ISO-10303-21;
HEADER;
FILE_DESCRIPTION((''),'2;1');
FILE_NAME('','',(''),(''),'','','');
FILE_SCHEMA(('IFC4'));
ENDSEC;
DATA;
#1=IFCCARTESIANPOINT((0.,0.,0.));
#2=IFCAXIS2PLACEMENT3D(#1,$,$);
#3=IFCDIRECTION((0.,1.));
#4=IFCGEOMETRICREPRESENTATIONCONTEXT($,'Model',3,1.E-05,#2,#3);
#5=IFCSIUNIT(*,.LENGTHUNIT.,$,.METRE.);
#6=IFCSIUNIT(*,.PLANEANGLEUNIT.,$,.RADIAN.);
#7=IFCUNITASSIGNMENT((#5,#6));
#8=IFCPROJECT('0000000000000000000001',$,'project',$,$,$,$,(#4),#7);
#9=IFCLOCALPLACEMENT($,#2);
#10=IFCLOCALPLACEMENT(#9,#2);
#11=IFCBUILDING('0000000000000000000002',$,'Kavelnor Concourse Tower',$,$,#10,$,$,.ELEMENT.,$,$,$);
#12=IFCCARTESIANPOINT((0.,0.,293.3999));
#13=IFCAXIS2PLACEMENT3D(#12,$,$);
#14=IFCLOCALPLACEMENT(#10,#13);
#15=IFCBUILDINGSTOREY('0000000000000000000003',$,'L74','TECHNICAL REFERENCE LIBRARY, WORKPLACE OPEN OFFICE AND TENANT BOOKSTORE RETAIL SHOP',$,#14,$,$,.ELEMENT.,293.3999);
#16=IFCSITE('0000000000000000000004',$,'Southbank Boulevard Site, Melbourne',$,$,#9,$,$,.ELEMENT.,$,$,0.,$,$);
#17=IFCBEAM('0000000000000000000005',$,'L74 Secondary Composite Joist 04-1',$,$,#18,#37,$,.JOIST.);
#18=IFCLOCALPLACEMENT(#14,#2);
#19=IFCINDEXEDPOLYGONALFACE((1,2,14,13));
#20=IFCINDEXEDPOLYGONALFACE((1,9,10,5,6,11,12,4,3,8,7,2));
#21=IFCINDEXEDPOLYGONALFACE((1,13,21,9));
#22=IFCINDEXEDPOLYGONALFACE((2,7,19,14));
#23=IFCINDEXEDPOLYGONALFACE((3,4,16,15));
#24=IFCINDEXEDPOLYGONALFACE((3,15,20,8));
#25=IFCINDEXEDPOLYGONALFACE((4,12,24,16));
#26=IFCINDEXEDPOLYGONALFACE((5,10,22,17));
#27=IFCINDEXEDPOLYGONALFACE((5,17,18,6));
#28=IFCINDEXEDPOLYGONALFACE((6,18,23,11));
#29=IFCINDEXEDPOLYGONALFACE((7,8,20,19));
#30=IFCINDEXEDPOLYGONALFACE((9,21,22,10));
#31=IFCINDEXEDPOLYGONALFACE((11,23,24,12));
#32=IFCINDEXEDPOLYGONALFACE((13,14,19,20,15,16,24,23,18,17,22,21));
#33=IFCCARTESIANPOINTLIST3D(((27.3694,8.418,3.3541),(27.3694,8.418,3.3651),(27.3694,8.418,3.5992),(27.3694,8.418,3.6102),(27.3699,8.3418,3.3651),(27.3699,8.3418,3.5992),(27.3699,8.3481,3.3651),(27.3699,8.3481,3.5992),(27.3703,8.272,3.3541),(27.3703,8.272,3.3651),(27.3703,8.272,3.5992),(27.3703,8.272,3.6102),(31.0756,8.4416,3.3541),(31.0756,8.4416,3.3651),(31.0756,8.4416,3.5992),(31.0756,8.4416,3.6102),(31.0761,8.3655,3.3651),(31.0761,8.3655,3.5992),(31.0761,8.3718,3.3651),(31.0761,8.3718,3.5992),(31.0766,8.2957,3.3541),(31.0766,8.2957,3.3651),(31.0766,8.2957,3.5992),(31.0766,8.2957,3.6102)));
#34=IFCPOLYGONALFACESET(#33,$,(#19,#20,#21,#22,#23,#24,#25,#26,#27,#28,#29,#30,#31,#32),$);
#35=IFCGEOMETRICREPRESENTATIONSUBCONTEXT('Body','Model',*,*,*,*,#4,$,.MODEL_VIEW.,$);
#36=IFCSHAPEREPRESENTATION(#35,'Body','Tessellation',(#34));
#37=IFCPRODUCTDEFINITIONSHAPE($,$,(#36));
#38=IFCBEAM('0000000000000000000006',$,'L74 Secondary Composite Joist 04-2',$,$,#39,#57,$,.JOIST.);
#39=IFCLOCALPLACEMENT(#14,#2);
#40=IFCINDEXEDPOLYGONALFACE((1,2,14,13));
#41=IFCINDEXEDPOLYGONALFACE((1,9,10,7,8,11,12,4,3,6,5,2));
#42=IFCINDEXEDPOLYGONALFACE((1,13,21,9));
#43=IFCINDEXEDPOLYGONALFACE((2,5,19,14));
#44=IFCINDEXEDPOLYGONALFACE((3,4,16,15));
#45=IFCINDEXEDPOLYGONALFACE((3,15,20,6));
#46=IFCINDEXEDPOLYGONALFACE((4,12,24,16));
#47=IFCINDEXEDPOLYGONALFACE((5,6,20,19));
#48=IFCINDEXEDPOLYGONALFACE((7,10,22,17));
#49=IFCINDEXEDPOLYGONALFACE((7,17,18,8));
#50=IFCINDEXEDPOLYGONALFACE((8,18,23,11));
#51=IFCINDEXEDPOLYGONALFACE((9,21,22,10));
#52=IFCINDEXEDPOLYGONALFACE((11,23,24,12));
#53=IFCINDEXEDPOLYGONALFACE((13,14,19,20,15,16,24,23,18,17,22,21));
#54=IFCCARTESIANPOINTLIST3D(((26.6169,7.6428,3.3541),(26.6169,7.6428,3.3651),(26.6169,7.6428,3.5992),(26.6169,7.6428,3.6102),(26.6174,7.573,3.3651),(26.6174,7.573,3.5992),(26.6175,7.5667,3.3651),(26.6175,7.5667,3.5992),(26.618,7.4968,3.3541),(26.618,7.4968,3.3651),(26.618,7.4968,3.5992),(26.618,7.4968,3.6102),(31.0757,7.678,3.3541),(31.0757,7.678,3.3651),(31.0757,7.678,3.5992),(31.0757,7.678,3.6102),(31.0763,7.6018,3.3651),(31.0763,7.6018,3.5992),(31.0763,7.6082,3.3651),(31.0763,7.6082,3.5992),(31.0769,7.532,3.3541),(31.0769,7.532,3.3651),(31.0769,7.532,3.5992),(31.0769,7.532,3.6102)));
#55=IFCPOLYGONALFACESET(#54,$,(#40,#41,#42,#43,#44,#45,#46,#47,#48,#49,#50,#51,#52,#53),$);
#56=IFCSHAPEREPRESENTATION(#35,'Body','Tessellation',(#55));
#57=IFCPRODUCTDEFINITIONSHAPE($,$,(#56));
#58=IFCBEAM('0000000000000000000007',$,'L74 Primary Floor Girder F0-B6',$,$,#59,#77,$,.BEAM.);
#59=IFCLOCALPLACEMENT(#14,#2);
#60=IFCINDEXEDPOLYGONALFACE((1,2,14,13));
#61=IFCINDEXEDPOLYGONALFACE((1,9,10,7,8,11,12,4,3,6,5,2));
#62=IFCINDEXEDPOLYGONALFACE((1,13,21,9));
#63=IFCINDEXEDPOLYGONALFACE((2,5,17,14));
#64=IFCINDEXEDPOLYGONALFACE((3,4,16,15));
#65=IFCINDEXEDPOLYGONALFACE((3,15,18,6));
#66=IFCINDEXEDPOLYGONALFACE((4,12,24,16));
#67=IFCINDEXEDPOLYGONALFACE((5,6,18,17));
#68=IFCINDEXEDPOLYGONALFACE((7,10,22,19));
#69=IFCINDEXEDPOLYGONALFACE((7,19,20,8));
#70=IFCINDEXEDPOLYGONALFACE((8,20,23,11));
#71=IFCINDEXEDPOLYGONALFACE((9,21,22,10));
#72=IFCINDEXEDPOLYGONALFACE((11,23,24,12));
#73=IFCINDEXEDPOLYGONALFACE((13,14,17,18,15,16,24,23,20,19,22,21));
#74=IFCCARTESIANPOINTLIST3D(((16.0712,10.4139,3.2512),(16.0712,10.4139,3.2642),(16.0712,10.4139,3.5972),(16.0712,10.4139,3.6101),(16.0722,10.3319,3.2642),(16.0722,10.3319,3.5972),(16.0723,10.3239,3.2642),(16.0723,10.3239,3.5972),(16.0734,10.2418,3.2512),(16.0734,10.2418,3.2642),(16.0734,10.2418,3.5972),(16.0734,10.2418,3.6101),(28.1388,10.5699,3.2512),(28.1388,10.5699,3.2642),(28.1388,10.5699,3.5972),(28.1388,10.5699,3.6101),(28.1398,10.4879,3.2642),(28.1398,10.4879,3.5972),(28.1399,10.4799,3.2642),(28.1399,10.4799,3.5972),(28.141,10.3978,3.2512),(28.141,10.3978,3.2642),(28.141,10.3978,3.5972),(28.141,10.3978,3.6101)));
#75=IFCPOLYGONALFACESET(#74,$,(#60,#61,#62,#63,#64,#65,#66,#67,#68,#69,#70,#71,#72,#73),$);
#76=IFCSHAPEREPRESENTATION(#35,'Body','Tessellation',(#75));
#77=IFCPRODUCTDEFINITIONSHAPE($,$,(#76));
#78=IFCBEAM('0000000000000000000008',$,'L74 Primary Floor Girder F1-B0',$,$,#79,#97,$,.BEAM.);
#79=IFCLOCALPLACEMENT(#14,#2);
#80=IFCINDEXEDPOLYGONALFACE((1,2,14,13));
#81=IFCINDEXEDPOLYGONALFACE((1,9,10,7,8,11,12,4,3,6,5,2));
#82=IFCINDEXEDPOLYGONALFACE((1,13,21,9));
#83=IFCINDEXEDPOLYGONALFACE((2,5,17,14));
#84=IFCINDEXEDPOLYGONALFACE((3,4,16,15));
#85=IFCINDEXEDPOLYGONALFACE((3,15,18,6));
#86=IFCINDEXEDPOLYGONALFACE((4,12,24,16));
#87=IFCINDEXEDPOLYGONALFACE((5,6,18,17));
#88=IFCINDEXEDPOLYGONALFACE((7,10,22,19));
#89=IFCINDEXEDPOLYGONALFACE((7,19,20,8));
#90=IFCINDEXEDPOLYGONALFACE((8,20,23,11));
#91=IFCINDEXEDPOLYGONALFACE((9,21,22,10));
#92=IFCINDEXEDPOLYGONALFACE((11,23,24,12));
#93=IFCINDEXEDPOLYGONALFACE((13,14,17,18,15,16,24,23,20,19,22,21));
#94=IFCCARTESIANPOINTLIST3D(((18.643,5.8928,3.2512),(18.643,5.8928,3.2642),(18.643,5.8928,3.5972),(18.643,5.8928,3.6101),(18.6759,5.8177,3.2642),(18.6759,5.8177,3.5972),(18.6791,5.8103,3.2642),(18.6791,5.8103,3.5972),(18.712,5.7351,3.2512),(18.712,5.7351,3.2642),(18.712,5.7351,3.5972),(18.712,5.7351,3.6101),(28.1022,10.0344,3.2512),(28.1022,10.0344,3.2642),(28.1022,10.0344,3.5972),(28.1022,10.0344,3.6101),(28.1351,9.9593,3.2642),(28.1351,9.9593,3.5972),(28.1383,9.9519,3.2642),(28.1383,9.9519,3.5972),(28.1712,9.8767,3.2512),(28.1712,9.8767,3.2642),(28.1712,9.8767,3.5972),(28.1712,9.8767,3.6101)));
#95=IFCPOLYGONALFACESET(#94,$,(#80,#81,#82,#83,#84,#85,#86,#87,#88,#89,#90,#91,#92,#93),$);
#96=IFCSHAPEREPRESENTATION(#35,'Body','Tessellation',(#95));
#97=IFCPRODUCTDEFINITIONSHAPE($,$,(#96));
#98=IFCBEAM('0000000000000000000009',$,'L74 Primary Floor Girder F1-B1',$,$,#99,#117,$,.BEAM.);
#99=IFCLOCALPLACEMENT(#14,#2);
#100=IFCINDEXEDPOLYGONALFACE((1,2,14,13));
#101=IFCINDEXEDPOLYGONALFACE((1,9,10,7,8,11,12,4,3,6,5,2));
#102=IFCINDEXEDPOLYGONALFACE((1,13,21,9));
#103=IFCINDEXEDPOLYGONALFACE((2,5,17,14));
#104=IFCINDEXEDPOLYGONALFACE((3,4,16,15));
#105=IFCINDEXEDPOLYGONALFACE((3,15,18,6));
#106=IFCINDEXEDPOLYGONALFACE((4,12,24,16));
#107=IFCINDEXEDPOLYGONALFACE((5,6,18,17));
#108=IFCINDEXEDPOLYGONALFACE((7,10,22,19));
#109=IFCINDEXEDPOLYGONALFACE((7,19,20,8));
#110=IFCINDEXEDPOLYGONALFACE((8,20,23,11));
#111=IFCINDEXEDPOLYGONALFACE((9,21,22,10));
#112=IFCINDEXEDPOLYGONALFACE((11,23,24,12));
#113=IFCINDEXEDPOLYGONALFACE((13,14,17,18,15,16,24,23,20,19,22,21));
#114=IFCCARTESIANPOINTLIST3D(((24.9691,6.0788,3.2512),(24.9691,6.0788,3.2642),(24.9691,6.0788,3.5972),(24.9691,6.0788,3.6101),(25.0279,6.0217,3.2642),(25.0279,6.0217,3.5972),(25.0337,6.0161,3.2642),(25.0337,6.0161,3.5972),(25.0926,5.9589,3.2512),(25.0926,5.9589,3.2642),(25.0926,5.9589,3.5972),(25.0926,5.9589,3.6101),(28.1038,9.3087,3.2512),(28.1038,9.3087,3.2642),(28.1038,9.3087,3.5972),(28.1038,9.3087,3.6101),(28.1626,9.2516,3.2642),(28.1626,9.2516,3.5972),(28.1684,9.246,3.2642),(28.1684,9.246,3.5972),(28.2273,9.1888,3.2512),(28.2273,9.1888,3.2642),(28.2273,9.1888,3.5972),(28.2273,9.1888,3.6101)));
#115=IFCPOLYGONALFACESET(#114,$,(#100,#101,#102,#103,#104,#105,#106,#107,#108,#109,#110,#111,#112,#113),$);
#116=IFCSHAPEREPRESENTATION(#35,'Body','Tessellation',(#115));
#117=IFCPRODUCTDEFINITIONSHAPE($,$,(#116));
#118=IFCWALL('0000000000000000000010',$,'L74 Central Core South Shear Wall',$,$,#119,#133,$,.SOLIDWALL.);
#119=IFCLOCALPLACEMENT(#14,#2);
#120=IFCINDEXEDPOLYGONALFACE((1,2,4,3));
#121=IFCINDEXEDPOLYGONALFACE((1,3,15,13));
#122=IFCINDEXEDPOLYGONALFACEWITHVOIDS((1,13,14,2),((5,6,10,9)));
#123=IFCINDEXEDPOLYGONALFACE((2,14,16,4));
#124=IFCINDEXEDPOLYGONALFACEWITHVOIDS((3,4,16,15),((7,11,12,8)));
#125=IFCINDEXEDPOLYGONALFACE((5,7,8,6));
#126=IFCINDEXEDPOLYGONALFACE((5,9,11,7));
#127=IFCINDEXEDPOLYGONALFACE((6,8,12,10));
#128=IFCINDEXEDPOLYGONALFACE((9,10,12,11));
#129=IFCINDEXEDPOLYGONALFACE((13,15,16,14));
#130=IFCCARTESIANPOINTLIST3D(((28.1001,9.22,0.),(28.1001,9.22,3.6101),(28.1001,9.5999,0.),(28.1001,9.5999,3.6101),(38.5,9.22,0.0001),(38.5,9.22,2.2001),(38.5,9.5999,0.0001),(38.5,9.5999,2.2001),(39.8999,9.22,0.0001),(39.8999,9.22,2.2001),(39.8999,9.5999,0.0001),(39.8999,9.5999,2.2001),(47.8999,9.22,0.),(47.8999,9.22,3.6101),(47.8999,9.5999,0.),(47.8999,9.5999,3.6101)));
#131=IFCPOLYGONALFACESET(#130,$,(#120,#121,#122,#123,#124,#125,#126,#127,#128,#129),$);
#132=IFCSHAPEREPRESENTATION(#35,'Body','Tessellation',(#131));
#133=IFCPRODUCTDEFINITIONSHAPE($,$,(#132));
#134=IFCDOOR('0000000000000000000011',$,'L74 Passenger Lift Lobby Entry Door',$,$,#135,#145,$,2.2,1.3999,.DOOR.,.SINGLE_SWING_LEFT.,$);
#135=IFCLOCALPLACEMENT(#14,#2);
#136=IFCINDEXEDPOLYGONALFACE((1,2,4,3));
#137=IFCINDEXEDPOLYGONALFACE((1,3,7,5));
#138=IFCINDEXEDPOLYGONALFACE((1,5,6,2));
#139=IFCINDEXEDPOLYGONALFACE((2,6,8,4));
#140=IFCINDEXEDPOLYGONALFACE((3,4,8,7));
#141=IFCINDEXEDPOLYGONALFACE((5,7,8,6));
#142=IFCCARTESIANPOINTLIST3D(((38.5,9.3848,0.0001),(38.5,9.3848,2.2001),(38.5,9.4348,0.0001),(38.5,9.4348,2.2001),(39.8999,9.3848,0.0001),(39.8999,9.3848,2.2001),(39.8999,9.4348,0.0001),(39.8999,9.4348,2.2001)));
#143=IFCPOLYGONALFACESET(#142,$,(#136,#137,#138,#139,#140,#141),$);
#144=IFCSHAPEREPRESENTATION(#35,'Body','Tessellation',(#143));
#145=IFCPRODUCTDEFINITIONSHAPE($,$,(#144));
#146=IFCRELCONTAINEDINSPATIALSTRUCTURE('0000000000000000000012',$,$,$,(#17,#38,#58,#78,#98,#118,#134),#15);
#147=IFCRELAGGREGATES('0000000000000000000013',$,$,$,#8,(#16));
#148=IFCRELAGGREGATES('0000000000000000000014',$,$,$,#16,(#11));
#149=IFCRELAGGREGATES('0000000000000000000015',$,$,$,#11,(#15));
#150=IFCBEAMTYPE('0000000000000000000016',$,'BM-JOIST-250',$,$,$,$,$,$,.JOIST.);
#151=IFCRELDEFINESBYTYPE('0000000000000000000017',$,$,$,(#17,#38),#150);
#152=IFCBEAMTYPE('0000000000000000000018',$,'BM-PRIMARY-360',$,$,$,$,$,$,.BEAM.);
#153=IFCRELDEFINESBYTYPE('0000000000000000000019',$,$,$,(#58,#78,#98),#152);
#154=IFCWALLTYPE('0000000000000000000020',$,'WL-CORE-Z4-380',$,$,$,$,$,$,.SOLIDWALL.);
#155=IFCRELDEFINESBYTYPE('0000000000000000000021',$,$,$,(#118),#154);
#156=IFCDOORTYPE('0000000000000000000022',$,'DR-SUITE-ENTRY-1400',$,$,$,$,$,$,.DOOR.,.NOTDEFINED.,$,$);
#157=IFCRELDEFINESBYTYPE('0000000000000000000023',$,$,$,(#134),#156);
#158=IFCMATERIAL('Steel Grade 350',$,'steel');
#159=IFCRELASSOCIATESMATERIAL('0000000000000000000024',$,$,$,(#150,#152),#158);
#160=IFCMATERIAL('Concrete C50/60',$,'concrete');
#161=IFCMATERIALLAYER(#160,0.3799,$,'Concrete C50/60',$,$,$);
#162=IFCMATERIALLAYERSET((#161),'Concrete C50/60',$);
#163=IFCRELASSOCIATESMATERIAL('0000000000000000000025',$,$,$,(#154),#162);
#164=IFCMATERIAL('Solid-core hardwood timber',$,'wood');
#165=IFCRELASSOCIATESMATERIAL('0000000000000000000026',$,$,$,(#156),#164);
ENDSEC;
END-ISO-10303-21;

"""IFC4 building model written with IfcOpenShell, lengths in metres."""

from ifc_helpers import new_model, si_unit, direction, frame, frame_2d, origin, origin_2d, place, context, subcontext, project, spatial, rectangle, i_section, extrude, material, layer, layer_set, material_profile, profile_set, type_object, element, fill, save


model = new_model("IFC4")

# Units and contexts
model_context = context("Model", 3, precision=1e-05, world=origin(), true_north=direction((0.0, 1.0)))
body_context = subcontext(model_context, "Body", "Model", "MODEL_VIEW")
ifc_project = project(units=[si_unit("LENGTHUNIT", "METRE"), si_unit("PLANEANGLEUNIT", "RADIAN")], contexts=[model_context])

# Site, building, storey
site_placement = place(None, origin())
site = spatial("IfcSite", under=ifc_project, at=site_placement, Name="Southbank Boulevard Site, Melbourne", CompositionType="ELEMENT", RefElevation=0.0)
building_placement = place(site_placement, origin())
building = spatial("IfcBuilding", under=site, at=building_placement, Name="Kavelnor Concourse Tower", CompositionType="ELEMENT")
storey_placement = place(building_placement, frame((0.0, 0.0, 293.3999)))
storey = spatial("IfcBuildingStorey", under=building, at=storey_placement, Name="L74", Description="TECHNICAL REFERENCE LIBRARY, WORKPLACE OPEN OFFICE AND TENANT BOOKSTORE RETAIL SHOP", CompositionType="ELEMENT", Elevation=293.3999)

# Beams
ifc_material_1 = material(Name="Steel Grade 350", Category="steel")
ifc_material_profile_1 = material_profile(ifc_material_1, i_section(OverallWidth=0.146, OverallDepth=0.2561, WebThickness=0.0063, FlangeThickness=0.011, at=origin_2d()), Name="250UB37")
ifc_profile_set_1 = profile_set([ifc_material_profile_1], Name="Steel Grade 350")
beam_type_1 = type_object("IfcBeamType", Name="BM-JOIST-250", PredefinedType="JOIST", material=ifc_profile_set_1)
beam_1_placement = place(storey_placement, frame((27.3699, 8.345, 3.4822), z_axis=(0.99998, 0.006389, 0.0), x_axis=(-0.006389, 0.99998, 0.0)))
element("IfcBeam", 1, at=beam_1_placement, inside=storey, type_object=beam_type_1, Name="L74 Secondary Composite Joist 04-1", PredefinedType="JOIST", context=body_context, shape_type="SweptSolid", body=[
    extrude(i_section(OverallWidth=0.146, OverallDepth=0.2561, WebThickness=0.0063, FlangeThickness=0.011, at=origin_2d()), origin(), (0.0, 0.0, 1.0), 3.7063),
])
beam_2_placement = place(storey_placement, frame((26.6174, 7.5698, 3.4822), z_axis=(0.999969, 0.007885, 0.0), x_axis=(-0.007885, 0.999969, 0.0)))
element("IfcBeam", 2, at=beam_2_placement, inside=storey, type_object=beam_type_1, Name="L74 Secondary Composite Joist 04-2", PredefinedType="JOIST", context=body_context, shape_type="SweptSolid", body=[
    extrude(i_section(OverallWidth=0.146, OverallDepth=0.2561, WebThickness=0.0063, FlangeThickness=0.011, at=origin_2d()), origin(), (0.0, 0.0, 1.0), 4.459),
])
ifc_material_profile_2 = material_profile(ifc_material_1, i_section(OverallWidth=0.1721, OverallDepth=0.3589, WebThickness=0.0081, FlangeThickness=0.0129, at=origin_2d()), Name="360UB56")
ifc_profile_set_2 = profile_set([ifc_material_profile_2], Name="Steel Grade 350")
beam_type_2 = type_object("IfcBeamType", Name="BM-PRIMARY-360", PredefinedType="BEAM", material=ifc_profile_set_2)
beam_3_placement = place(storey_placement, frame((28.1399, 10.4839, 3.4307), z_axis=(-0.999916, -0.012927, 0.0), x_axis=(0.012927, -0.999916, 0.0)))
element("IfcBeam", 3, at=beam_3_placement, inside=storey, type_object=beam_type_2, Name="L74 Primary Floor Girder F0-B6", PredefinedType="BEAM", context=body_context, shape_type="SweptSolid", body=[
    extrude(i_section(OverallWidth=0.1721, OverallDepth=0.3589, WebThickness=0.0081, FlangeThickness=0.0129, at=origin_2d()), origin(), (0.0, 0.0, 1.0), 12.0686),
])
beam_4_placement = place(storey_placement, frame((28.1367, 9.9556, 3.4307), z_axis=(-0.916044, -0.401078, 0.0), x_axis=(0.401078, -0.916044, 0.0)))
element("IfcBeam", 4, at=beam_4_placement, inside=storey, type_object=beam_type_2, Name="L74 Primary Floor Girder F1-B0", PredefinedType="BEAM", context=body_context, shape_type="SweptSolid", body=[
    extrude(i_section(OverallWidth=0.1721, OverallDepth=0.3589, WebThickness=0.0081, FlangeThickness=0.0129, at=origin_2d()), origin(), (0.0, 0.0, 1.0), 10.3262),
])
beam_5_placement = place(storey_placement, frame((28.1655, 9.2488, 3.4307), z_axis=(-0.696451, -0.717605, 0.0), x_axis=(0.717605, -0.696451, 0.0)))
element("IfcBeam", 5, at=beam_5_placement, inside=storey, type_object=beam_type_2, Name="L74 Primary Floor Girder F1-B1", PredefinedType="BEAM", context=body_context, shape_type="SweptSolid", body=[
    extrude(i_section(OverallWidth=0.1721, OverallDepth=0.3589, WebThickness=0.0081, FlangeThickness=0.0129, at=origin_2d()), origin(), (0.0, 0.0, 1.0), 4.501),
])

# Wall, opening, door
ifc_material_2 = material(Name="Concrete C50/60", Category="concrete")
ifc_layer = layer(ifc_material_2, 0.3799, Name="Concrete C50/60")
ifc_layer_set = layer_set([ifc_layer], Name="Concrete C50/60")
wall_type = type_object("IfcWallType", Name="WL-CORE-Z4-380", PredefinedType="SOLIDWALL", material=ifc_layer_set)
wall_1_placement = place(storey_placement, frame((28.1001, 9.4099, 0.0), z_axis=(0.0, 0.0, 1.0), x_axis=(1.0, 0.0, 0.0)))
wall_1 = element("IfcWall", 6, at=wall_1_placement, inside=storey, type_object=wall_type, Name="L74 Central Core South Shear Wall", PredefinedType="SOLIDWALL", context=body_context, shape_type="SweptSolid", body=[
    extrude(rectangle(XDim=19.7998, YDim=0.3799, at=frame_2d((9.8999, 0.0))), origin(), (0.0, 0.0, 1.0), 3.6101),
])
opening_1_placement = place(wall_1_placement, frame((10.3999, 0.0, 0.0)))
opening_1 = element("IfcOpeningElement", 7, at=opening_1_placement, cuts=wall_1, PredefinedType="OPENING", context=body_context, shape_type="SweptSolid", body=[
    extrude(rectangle(XDim=1.3999, YDim=2.2, at=frame_2d((0.7, 1.1001))), frame((0.0, 0.2, 0.0), z_axis=(0.0, -1.0, 0.0), x_axis=(1.0, 0.0, 0.0)), (0.0, 0.0, 1.0), 0.3999),
])
ifc_material_3 = material(Name="Solid-core hardwood timber", Category="wood")
door_type_1 = type_object("IfcDoorType", Name="DR-SUITE-ENTRY-1400", OperationType="NOTDEFINED", PredefinedType="DOOR", material=ifc_material_3)
door_1_placement = place(opening_1_placement, origin())
door_1 = element("IfcDoor", 8, at=door_1_placement, inside=storey, type_object=door_type_1, Name="L74 Passenger Lift Lobby Entry Door", OperationType="SINGLE_SWING_LEFT", OverallHeight=2.2, OverallWidth=1.3999, PredefinedType="DOOR", context=body_context, shape_type="SweptSolid", body=[
    extrude(rectangle(XDim=1.3999, YDim=2.2, at=frame_2d((0.7, 1.1001))), frame((0.0, 0.0249, 0.0), z_axis=(0.0, -1.0, 0.0), x_axis=(1.0, 0.0, 0.0)), (0.0, 0.0, 1.0), 0.05),
])
fill(opening_1, door_1)

save(model, "model.ifc")
